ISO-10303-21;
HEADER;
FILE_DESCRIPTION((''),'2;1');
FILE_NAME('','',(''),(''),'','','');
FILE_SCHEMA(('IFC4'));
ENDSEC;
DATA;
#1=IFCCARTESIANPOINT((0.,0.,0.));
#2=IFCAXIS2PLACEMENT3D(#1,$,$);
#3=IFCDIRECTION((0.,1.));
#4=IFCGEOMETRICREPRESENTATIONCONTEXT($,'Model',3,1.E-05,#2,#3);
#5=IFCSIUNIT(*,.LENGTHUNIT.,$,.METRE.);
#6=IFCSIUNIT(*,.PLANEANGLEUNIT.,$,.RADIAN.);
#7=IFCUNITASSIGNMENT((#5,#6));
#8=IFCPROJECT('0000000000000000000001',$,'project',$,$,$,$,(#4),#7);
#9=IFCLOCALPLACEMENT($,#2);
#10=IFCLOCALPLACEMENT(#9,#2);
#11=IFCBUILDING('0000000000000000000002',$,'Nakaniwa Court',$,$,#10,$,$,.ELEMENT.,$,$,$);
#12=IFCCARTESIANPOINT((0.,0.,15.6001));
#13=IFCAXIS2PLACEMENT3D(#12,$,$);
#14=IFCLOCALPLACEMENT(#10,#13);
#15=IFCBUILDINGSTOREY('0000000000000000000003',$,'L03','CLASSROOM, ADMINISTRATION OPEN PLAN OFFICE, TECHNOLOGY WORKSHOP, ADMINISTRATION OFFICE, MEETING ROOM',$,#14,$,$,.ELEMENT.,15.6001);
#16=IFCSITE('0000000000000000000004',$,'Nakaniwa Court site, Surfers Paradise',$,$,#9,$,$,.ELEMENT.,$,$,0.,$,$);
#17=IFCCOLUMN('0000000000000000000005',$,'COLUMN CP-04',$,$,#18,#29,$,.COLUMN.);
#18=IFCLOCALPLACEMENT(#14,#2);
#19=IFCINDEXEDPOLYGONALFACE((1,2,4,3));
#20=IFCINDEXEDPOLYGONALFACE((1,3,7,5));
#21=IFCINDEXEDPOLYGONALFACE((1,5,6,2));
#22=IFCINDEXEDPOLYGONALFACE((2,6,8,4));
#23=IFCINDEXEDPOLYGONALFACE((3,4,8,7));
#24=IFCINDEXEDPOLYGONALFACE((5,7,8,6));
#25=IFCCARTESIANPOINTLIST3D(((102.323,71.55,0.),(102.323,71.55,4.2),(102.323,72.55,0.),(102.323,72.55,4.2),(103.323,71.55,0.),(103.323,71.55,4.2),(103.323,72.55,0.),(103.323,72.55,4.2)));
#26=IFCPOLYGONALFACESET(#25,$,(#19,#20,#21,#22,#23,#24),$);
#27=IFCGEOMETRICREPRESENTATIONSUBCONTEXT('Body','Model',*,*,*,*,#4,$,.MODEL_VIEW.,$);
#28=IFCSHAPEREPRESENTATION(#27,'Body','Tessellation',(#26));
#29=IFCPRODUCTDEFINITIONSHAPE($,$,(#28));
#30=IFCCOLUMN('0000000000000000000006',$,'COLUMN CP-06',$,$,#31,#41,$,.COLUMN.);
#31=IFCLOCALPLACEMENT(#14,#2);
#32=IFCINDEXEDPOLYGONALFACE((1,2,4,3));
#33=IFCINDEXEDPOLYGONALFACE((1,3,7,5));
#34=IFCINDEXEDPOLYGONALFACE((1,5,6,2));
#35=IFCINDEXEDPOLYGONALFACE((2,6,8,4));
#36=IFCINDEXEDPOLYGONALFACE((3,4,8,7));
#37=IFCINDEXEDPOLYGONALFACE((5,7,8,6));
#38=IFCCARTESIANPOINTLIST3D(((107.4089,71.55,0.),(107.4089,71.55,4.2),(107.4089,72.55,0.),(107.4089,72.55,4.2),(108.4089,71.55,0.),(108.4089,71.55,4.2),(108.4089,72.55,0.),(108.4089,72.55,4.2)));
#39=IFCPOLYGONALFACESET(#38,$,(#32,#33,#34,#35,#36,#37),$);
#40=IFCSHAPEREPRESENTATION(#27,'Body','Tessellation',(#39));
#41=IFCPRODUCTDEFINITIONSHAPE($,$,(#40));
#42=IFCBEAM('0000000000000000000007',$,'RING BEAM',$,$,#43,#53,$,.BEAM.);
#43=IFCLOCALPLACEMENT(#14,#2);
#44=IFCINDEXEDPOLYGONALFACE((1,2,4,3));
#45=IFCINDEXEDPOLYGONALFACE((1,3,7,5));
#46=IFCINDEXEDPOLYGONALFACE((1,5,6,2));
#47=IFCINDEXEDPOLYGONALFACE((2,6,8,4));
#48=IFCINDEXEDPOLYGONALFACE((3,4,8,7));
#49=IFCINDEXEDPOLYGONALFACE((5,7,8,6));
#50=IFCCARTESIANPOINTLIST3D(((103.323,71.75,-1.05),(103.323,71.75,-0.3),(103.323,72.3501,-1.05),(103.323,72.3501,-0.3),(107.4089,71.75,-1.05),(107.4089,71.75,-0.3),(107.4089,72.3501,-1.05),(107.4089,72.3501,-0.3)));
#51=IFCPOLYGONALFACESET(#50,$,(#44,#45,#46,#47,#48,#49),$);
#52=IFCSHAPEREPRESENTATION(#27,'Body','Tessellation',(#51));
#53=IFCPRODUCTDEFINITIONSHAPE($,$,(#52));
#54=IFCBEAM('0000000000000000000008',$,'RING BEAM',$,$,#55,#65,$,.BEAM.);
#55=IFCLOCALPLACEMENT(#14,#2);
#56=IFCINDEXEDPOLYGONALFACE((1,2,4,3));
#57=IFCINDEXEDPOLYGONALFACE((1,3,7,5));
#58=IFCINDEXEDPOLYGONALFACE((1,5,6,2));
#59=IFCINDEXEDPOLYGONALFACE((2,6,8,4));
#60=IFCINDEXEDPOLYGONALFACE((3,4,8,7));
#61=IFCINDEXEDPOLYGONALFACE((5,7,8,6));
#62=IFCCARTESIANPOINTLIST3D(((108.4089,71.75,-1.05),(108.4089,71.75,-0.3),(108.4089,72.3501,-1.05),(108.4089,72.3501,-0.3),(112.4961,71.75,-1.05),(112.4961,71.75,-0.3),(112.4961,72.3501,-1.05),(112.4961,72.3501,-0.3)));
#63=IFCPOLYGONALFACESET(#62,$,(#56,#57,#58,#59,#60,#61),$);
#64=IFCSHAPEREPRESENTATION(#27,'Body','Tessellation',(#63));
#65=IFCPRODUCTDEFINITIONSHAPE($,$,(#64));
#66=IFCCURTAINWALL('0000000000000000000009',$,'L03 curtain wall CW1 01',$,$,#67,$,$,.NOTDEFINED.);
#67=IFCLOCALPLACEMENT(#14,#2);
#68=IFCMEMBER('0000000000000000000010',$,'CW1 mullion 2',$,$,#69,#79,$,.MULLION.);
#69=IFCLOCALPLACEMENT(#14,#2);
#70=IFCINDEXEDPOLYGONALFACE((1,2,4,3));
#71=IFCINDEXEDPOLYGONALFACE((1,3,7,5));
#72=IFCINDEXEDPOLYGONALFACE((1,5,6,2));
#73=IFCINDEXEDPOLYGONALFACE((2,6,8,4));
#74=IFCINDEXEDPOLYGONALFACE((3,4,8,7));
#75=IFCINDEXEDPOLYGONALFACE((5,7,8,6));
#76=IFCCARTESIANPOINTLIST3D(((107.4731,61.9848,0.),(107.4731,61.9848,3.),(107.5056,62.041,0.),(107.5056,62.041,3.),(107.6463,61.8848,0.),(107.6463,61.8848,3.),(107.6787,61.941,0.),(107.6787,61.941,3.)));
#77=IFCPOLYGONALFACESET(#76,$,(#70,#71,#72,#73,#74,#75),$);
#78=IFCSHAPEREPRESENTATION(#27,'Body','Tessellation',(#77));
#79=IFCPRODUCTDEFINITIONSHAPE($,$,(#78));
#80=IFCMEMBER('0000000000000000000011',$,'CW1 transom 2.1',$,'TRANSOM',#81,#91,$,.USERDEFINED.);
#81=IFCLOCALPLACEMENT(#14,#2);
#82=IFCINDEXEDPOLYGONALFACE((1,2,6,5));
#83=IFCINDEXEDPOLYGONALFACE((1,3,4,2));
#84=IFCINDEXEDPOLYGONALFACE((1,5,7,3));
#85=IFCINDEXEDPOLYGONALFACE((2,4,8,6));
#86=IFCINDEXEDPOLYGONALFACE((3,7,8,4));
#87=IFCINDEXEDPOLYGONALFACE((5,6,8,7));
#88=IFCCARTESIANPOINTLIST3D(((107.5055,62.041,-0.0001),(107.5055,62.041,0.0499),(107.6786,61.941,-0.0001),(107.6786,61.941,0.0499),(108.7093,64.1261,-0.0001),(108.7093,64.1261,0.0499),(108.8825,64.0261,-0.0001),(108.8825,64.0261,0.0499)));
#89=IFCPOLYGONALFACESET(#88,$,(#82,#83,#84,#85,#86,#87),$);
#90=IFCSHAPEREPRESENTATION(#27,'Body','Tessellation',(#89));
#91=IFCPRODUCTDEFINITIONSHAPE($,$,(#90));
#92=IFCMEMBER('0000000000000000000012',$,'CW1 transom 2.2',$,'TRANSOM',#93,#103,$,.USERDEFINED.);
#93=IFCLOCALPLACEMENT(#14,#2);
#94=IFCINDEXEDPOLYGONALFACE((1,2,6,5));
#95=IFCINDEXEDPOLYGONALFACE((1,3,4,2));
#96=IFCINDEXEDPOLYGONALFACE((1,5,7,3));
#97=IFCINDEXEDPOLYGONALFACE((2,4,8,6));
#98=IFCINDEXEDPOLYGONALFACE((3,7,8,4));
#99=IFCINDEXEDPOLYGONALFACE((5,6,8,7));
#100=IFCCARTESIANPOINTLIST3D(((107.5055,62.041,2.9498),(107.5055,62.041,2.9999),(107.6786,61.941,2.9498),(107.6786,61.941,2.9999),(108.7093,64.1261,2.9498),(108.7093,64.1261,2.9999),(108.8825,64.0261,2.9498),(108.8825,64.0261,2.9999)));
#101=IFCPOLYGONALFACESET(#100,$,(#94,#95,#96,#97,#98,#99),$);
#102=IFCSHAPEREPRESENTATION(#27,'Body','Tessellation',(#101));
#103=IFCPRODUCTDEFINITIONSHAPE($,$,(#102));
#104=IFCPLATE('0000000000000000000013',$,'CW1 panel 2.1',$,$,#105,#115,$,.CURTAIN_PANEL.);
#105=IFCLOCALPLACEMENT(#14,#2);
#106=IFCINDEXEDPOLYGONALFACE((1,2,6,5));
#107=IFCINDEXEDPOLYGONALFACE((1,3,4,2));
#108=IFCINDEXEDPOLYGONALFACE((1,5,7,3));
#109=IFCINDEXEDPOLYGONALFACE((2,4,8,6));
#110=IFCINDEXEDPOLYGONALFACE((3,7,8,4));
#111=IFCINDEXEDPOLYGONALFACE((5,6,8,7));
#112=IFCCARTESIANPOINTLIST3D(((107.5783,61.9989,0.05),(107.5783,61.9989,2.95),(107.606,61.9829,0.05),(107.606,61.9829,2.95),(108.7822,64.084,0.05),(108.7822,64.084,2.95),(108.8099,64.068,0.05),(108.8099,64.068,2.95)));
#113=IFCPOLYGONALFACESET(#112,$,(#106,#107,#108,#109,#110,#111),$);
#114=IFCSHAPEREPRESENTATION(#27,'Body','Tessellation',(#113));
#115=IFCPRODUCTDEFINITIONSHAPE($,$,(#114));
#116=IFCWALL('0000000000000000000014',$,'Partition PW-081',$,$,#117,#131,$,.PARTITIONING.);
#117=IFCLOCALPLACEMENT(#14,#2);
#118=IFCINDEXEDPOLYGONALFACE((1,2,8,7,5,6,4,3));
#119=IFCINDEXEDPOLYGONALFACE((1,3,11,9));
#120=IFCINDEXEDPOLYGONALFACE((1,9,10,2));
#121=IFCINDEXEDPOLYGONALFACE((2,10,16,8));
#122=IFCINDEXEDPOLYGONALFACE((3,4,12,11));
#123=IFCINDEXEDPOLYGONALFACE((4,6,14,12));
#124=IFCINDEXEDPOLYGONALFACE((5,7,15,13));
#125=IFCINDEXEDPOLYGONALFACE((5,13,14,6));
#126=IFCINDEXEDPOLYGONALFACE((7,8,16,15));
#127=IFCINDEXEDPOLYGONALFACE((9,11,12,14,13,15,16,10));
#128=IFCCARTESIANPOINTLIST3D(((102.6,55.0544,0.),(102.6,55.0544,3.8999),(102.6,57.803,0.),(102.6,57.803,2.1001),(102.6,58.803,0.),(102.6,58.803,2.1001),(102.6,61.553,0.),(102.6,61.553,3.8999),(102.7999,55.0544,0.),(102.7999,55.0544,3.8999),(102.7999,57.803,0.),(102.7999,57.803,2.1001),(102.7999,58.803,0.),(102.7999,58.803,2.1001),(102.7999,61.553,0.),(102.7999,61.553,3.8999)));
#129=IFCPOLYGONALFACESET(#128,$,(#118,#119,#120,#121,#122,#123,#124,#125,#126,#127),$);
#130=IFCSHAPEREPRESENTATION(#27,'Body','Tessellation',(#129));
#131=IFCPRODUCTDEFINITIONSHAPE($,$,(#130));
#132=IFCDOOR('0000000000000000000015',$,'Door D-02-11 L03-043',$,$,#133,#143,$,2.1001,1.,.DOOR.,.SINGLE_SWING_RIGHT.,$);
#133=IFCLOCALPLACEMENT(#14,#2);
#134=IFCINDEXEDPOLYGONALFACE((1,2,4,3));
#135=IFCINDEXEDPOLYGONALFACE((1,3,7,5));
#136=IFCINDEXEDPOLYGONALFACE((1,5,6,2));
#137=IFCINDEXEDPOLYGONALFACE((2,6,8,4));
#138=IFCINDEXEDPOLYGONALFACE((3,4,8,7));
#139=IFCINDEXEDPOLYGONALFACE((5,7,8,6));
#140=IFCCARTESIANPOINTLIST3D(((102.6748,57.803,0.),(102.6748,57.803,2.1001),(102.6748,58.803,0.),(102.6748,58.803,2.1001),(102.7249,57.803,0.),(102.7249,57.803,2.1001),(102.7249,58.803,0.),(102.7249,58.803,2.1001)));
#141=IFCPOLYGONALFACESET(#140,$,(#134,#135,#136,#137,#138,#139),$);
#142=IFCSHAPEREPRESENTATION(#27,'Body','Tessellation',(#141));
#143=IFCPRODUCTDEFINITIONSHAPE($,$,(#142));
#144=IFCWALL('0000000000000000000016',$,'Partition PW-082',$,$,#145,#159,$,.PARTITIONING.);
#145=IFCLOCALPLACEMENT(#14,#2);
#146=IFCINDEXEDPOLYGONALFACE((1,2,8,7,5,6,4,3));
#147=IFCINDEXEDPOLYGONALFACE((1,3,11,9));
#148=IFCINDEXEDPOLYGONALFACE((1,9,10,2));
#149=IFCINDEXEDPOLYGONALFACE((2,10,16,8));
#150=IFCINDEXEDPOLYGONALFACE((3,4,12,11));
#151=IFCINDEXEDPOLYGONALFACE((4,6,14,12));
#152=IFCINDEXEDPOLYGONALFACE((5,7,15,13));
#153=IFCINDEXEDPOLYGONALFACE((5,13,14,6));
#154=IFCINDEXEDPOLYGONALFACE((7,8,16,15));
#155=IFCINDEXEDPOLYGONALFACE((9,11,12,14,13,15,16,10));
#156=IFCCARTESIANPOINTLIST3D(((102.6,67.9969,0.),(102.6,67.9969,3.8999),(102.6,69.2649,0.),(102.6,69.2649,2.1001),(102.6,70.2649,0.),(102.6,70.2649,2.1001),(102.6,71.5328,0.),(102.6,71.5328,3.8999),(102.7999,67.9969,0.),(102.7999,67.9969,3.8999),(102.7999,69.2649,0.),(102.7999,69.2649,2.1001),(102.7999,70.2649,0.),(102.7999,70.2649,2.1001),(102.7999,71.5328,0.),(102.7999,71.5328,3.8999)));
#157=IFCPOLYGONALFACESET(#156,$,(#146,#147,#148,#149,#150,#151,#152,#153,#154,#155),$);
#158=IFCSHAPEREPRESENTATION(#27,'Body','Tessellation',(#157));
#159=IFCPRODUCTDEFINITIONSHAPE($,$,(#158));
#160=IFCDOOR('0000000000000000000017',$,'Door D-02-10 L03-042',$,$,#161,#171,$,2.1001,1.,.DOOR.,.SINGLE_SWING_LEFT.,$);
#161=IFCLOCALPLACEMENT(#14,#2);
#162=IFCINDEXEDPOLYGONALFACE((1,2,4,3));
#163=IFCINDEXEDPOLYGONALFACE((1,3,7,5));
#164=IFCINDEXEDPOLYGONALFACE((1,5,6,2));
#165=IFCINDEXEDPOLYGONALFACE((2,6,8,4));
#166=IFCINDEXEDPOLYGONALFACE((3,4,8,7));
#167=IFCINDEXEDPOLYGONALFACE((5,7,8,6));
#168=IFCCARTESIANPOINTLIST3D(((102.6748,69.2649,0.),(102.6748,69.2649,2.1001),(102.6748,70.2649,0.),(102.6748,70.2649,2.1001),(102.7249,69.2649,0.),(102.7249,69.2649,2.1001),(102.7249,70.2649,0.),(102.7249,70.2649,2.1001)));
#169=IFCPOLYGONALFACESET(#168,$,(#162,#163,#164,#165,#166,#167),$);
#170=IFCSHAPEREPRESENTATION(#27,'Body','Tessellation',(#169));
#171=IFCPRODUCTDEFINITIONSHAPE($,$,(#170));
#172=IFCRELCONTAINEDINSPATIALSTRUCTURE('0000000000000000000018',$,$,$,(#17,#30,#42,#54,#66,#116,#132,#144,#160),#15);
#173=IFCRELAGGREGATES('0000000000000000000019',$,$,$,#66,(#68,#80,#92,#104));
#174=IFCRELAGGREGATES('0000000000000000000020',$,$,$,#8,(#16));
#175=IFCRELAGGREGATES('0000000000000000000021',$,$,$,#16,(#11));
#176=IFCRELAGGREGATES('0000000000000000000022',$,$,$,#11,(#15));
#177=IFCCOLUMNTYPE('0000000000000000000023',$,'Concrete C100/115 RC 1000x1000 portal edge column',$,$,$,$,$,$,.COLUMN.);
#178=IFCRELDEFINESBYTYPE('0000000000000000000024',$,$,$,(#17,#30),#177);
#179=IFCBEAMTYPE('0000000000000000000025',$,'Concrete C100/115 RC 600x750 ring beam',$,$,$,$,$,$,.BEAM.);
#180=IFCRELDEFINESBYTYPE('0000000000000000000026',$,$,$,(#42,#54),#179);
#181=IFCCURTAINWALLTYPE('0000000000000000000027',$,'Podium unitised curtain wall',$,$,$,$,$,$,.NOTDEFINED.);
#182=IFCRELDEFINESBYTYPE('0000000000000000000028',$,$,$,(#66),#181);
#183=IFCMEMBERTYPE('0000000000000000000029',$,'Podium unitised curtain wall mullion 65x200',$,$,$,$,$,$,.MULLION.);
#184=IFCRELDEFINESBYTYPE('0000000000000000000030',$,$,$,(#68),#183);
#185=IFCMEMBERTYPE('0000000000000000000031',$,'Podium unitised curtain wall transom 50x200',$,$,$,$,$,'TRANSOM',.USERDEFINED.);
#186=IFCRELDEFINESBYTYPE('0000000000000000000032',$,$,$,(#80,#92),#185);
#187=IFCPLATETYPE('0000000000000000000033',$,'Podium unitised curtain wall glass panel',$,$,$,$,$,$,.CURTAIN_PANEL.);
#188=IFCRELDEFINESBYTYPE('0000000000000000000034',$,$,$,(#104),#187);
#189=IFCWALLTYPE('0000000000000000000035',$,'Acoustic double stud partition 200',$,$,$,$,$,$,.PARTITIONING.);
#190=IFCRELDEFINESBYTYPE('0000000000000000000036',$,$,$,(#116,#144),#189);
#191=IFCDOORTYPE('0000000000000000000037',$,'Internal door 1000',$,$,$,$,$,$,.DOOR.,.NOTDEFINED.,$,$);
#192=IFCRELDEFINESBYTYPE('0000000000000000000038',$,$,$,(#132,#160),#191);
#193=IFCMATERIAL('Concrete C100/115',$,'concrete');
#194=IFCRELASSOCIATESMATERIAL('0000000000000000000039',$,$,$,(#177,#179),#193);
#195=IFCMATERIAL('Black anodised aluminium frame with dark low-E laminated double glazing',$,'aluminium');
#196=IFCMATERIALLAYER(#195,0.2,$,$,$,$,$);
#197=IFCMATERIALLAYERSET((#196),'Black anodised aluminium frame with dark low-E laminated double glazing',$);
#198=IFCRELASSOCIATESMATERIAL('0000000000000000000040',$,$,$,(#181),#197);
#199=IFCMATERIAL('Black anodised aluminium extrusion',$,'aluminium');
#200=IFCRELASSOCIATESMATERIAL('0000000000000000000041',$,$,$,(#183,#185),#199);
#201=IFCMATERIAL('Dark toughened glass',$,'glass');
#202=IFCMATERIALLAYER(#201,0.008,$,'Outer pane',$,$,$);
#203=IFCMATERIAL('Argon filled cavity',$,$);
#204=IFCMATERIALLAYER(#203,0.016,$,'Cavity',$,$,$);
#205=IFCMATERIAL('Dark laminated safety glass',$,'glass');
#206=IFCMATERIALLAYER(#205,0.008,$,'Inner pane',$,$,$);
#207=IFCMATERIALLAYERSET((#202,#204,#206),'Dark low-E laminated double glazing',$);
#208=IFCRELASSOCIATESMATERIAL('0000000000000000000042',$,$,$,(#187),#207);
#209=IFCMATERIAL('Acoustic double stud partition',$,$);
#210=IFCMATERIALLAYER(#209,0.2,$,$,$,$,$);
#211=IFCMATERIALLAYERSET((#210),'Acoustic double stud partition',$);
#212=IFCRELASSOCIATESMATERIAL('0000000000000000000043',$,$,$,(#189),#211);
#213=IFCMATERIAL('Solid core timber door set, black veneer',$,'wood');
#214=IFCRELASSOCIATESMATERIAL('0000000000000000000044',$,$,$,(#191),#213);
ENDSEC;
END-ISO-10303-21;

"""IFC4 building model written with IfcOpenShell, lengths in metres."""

from ifc_helpers import new_model, si_unit, direction, frame, frame_2d, origin, origin_2d, place, context, subcontext, project, spatial, rectangle, extrude, material, layer, layer_set, material_profile, profile_set, type_object, element, fill, aggregate, save


model = new_model("IFC4")

# Units and contexts
model_context = context("Model", 3, precision=1e-05, world=origin(), true_north=direction((0.0, 1.0)))
body_context = subcontext(model_context, "Body", "Model", "MODEL_VIEW")
ifc_project = project(units=[si_unit("LENGTHUNIT", "METRE"), si_unit("PLANEANGLEUNIT", "RADIAN")], contexts=[model_context])

# Site, building, storey
site_placement = place(None, origin())
site = spatial("IfcSite", under=ifc_project, at=site_placement, Name="Nakaniwa Court site, Surfers Paradise", CompositionType="ELEMENT", RefElevation=0.0)
building_placement = place(site_placement, origin())
building = spatial("IfcBuilding", under=site, at=building_placement, Name="Nakaniwa Court", CompositionType="ELEMENT")
storey_placement = place(building_placement, frame((0.0, 0.0, 15.6001)))
storey = spatial("IfcBuildingStorey", under=building, at=storey_placement, Name="L03", Description="CLASSROOM, ADMINISTRATION OPEN PLAN OFFICE, TECHNOLOGY WORKSHOP, ADMINISTRATION OFFICE, MEETING ROOM", CompositionType="ELEMENT", Elevation=15.6001)

# Columns
ifc_material_1 = material(Name="Concrete C100/115", Category="concrete")
ifc_material_profile_1 = material_profile(ifc_material_1, rectangle(XDim=1.0, YDim=1.0, at=origin_2d()), Name="Concrete C100/115 RC 1000x1000 portal edge column")
ifc_profile_set_1 = profile_set([ifc_material_profile_1], Name="Concrete C100/115")
column_type = type_object("IfcColumnType", Name="Concrete C100/115 RC 1000x1000 portal edge column", PredefinedType="COLUMN", material=ifc_profile_set_1)
for number, where, z_axis, x_axis, name in (
    (1, (102.823, 72.05, 0.0), (0.0, 0.0, 1.0), (1.0, 0.0, 0.0), "COLUMN CP-04"),
    (2, (107.9089, 72.05, 0.0), (0.0, 0.0, 1.0), (1.0, 0.0, 0.0), "COLUMN CP-06"),
):
    element("IfcColumn", number, at=place(storey_placement, frame(where, z_axis=z_axis, x_axis=x_axis)), inside=storey, type_object=column_type, Name=name, PredefinedType="COLUMN", context=body_context, shape_type="SweptSolid", body=[
        extrude(rectangle(XDim=1.0, YDim=1.0, at=origin_2d()), origin(), (0.0, 0.0, 1.0), 4.2),
    ])

# Beams
ifc_material_profile_2 = material_profile(ifc_material_1, rectangle(XDim=0.6001, YDim=0.75, at=origin_2d()), Name="Concrete C100/115 RC 600x750 ring beam")
ifc_profile_set_2 = profile_set([ifc_material_profile_2], Name="Concrete C100/115")
beam_type = type_object("IfcBeamType", Name="Concrete C100/115 RC 600x750 ring beam", PredefinedType="BEAM", material=ifc_profile_set_2)
beam_1_placement = place(storey_placement, frame((103.323, 72.05, -0.675), z_axis=(1.0, 0.0, 0.0), x_axis=(0.0, 1.0, 0.0)))
element("IfcBeam", 3, at=beam_1_placement, inside=storey, type_object=beam_type, Name="RING BEAM", PredefinedType="BEAM", context=body_context, shape_type="SweptSolid", body=[
    extrude(rectangle(XDim=0.6001, YDim=0.75, at=origin_2d()), origin(), (0.0, 0.0, 1.0), 4.0859),
])
beam_2_placement = place(storey_placement, frame((108.4089, 72.05, -0.675), z_axis=(1.0, 0.0, 0.0), x_axis=(0.0, 1.0, 0.0)))
element("IfcBeam", 4, at=beam_2_placement, inside=storey, type_object=beam_type, Name="RING BEAM", PredefinedType="BEAM", context=body_context, shape_type="SweptSolid", body=[
    extrude(rectangle(XDim=0.6001, YDim=0.75, at=origin_2d()), origin(), (0.0, 0.0, 1.0), 4.0872),
])

# Curtain wall, members, plate
ifc_material_2 = material(Name="Black anodised aluminium frame with dark low-E laminated double glazing", Category="aluminium")
ifc_layer_1 = layer(ifc_material_2, 0.2)
ifc_layer_set_1 = layer_set([ifc_layer_1], Name="Black anodised aluminium frame with dark low-E laminated double glazing")
curtain_wall_type = type_object("IfcCurtainWallType", Name="Podium unitised curtain wall", PredefinedType="NOTDEFINED", material=ifc_layer_set_1)
curtain_wall_placement = place(storey_placement, origin())
curtain_wall = element("IfcCurtainWall", 5, at=curtain_wall_placement, inside=storey, type_object=curtain_wall_type, Name="L03 curtain wall CW1 01", PredefinedType="NOTDEFINED")
ifc_material_3 = material(Name="Black anodised aluminium extrusion", Category="aluminium")
ifc_material_profile_3 = material_profile(ifc_material_3, rectangle(XDim=0.2, YDim=0.0649, at=origin_2d()), Name="Podium unitised curtain wall mullion 65x200")
ifc_profile_set_3 = profile_set([ifc_material_profile_3], Name="Black anodised aluminium extrusion")
member_type_1 = type_object("IfcMemberType", Name="Podium unitised curtain wall mullion 65x200", PredefinedType="MULLION", material=ifc_profile_set_3)
member_1_placement = place(storey_placement, frame((107.5759, 61.9629, 0.0), z_axis=(0.0, 0.0, 1.0), x_axis=(-0.866032, 0.499988, 0.0)))
member_1 = element("IfcMember", 6, at=member_1_placement, type_object=member_type_1, Name="CW1 mullion 2", PredefinedType="MULLION", context=body_context, shape_type="SweptSolid", body=[
    extrude(rectangle(XDim=0.2, YDim=0.0649, at=origin_2d()), origin(), (0.0, 0.0, 1.0), 3.0),
])
ifc_material_profile_4 = material_profile(ifc_material_3, rectangle(XDim=0.2, YDim=0.05, at=origin_2d()), Name="Podium unitised curtain wall transom 50x200")
ifc_profile_set_4 = profile_set([ifc_material_profile_4], Name="Black anodised aluminium extrusion")
member_type_2 = type_object("IfcMemberType", Name="Podium unitised curtain wall transom 50x200", ElementType="TRANSOM", PredefinedType="USERDEFINED", material=ifc_profile_set_4)
member_2_placement = place(storey_placement, frame((107.592, 61.991, 0.0249), z_axis=(0.499989, 0.866032, 0.0), x_axis=(-0.866032, 0.499989, 0.0)))
member_2 = element("IfcMember", 7, at=member_2_placement, type_object=member_type_2, Name="CW1 transom 2.1", ObjectType="TRANSOM", PredefinedType="USERDEFINED", context=body_context, shape_type="SweptSolid", body=[
    extrude(rectangle(XDim=0.2, YDim=0.05, at=origin_2d()), origin(), (0.0, 0.0, 1.0), 2.4077),
])
member_3_placement = place(storey_placement, frame((107.592, 61.991, 2.9749), z_axis=(0.499989, 0.866032, 0.0), x_axis=(-0.866032, 0.499989, 0.0)))
member_3 = element("IfcMember", 8, at=member_3_placement, type_object=member_type_2, Name="CW1 transom 2.2", ObjectType="TRANSOM", PredefinedType="USERDEFINED", context=body_context, shape_type="SweptSolid", body=[
    extrude(rectangle(XDim=0.2, YDim=0.05, at=origin_2d()), origin(), (0.0, 0.0, 1.0), 2.4077),
])
ifc_material_4 = material(Name="Dark toughened glass", Category="glass")
ifc_layer_2 = layer(ifc_material_4, 0.008, Name="Outer pane")
ifc_material_5 = material(Name="Argon filled cavity")
ifc_layer_3 = layer(ifc_material_5, 0.016, Name="Cavity")
ifc_material_6 = material(Name="Dark laminated safety glass", Category="glass")
ifc_layer_4 = layer(ifc_material_6, 0.008, Name="Inner pane")
ifc_layer_set_2 = layer_set([ifc_layer_2, ifc_layer_3, ifc_layer_4], Name="Dark low-E laminated double glazing")
plate_type = type_object("IfcPlateType", Name="Podium unitised curtain wall glass panel", PredefinedType="CURTAIN_PANEL", material=ifc_layer_set_2)
plate_placement = place(storey_placement, frame((108.1941, 63.0334, 0.05), z_axis=(0.0, 0.0, 1.0), x_axis=(0.499988, 0.866032, 0.0)))
plate = element("IfcPlate", 9, at=plate_placement, type_object=plate_type, Name="CW1 panel 2.1", PredefinedType="CURTAIN_PANEL", context=body_context, shape_type="SweptSolid", body=[
    extrude(rectangle(XDim=2.4077, YDim=0.032, at=origin_2d()), origin(), (0.0, 0.0, 1.0), 2.8999),
])
aggregate(curtain_wall, [member_1, member_2, member_3, plate])

# Walls, openings, doors
ifc_material_7 = material(Name="Acoustic double stud partition")
ifc_layer_5 = layer(ifc_material_7, 0.2)
ifc_layer_set_3 = layer_set([ifc_layer_5], Name="Acoustic double stud partition")
wall_type_1 = type_object("IfcWallType", Name="Acoustic double stud partition 200", PredefinedType="PARTITIONING", material=ifc_layer_set_3)
wall_1_placement = place(storey_placement, frame((102.7, 61.553, 0.0), z_axis=(0.0, 0.0, 1.0), x_axis=(0.0, -1.0, 0.0)))
wall_1 = element("IfcWall", 10, at=wall_1_placement, inside=storey, type_object=wall_type_1, Name="Partition PW-081", PredefinedType="PARTITIONING", context=body_context, shape_type="SweptSolid", body=[
    extrude(rectangle(XDim=6.4985, YDim=0.2, at=frame_2d((3.2493, 0.0))), origin(), (0.0, 0.0, 1.0), 3.8999),
])
opening_1_placement = place(wall_1_placement, frame((2.75, 0.0, 0.0)))
opening_1 = element("IfcOpeningElement", 11, at=opening_1_placement, cuts=wall_1, PredefinedType="OPENING", context=body_context, shape_type="SweptSolid", body=[
    extrude(rectangle(XDim=1.0, YDim=2.1001, at=frame_2d((0.5, 1.05))), frame((0.0, 0.1099, 0.0), z_axis=(0.0, -1.0, 0.0), x_axis=(1.0, 0.0, 0.0)), (0.0, 0.0, 1.0), 0.22),
])
ifc_material_8 = material(Name="Solid core timber door set, black veneer", Category="wood")
door_type = type_object("IfcDoorType", Name="Internal door 1000", OperationType="NOTDEFINED", PredefinedType="DOOR", material=ifc_material_8)
door_1_placement = place(opening_1_placement, origin())
door_1 = element("IfcDoor", 12, at=door_1_placement, inside=storey, type_object=door_type, Name="Door D-02-11 L03-043", OperationType="SINGLE_SWING_RIGHT", OverallHeight=2.1001, OverallWidth=1.0, PredefinedType="DOOR", context=body_context, shape_type="SweptSolid", body=[
    extrude(rectangle(XDim=1.0, YDim=2.1001, at=frame_2d((0.5, 1.05))), frame((0.0, 0.0249, 0.0), z_axis=(0.0, -1.0, 0.0), x_axis=(1.0, 0.0, 0.0)), (0.0, 0.0, 1.0), 0.05),
])
fill(opening_1, door_1)
wall_2_placement = place(storey_placement, frame((102.7, 71.533, 0.0), z_axis=(0.0, 0.0, 1.0), x_axis=(0.0, -1.0, 0.0)))
wall_2 = element("IfcWall", 13, at=wall_2_placement, inside=storey, type_object=wall_type_1, Name="Partition PW-082", PredefinedType="PARTITIONING", context=body_context, shape_type="SweptSolid", body=[
    extrude(rectangle(XDim=3.5359, YDim=0.2, at=frame_2d((1.7681, 0.0))), origin(), (0.0, 0.0, 1.0), 3.8999),
])
opening_2_placement = place(wall_2_placement, frame((1.2681, 0.0, 0.0)))
opening_2 = element("IfcOpeningElement", 14, at=opening_2_placement, cuts=wall_2, PredefinedType="OPENING", context=body_context, shape_type="SweptSolid", body=[
    extrude(rectangle(XDim=1.0, YDim=2.1001, at=frame_2d((0.5, 1.05))), frame((0.0, 0.1099, 0.0), z_axis=(0.0, -1.0, 0.0), x_axis=(1.0, 0.0, 0.0)), (0.0, 0.0, 1.0), 0.22),
])
door_2_placement = place(opening_2_placement, origin())
door_2 = element("IfcDoor", 15, at=door_2_placement, inside=storey, type_object=door_type, Name="Door D-02-10 L03-042", OperationType="SINGLE_SWING_LEFT", OverallHeight=2.1001, OverallWidth=1.0, PredefinedType="DOOR", context=body_context, shape_type="SweptSolid", body=[
    extrude(rectangle(XDim=1.0, YDim=2.1001, at=frame_2d((0.5, 1.05))), frame((0.0, 0.0249, 0.0), z_axis=(0.0, -1.0, 0.0), x_axis=(1.0, 0.0, 0.0)), (0.0, 0.0, 1.0), 0.05),
])
fill(opening_2, door_2)

save(model, "model.ifc")
